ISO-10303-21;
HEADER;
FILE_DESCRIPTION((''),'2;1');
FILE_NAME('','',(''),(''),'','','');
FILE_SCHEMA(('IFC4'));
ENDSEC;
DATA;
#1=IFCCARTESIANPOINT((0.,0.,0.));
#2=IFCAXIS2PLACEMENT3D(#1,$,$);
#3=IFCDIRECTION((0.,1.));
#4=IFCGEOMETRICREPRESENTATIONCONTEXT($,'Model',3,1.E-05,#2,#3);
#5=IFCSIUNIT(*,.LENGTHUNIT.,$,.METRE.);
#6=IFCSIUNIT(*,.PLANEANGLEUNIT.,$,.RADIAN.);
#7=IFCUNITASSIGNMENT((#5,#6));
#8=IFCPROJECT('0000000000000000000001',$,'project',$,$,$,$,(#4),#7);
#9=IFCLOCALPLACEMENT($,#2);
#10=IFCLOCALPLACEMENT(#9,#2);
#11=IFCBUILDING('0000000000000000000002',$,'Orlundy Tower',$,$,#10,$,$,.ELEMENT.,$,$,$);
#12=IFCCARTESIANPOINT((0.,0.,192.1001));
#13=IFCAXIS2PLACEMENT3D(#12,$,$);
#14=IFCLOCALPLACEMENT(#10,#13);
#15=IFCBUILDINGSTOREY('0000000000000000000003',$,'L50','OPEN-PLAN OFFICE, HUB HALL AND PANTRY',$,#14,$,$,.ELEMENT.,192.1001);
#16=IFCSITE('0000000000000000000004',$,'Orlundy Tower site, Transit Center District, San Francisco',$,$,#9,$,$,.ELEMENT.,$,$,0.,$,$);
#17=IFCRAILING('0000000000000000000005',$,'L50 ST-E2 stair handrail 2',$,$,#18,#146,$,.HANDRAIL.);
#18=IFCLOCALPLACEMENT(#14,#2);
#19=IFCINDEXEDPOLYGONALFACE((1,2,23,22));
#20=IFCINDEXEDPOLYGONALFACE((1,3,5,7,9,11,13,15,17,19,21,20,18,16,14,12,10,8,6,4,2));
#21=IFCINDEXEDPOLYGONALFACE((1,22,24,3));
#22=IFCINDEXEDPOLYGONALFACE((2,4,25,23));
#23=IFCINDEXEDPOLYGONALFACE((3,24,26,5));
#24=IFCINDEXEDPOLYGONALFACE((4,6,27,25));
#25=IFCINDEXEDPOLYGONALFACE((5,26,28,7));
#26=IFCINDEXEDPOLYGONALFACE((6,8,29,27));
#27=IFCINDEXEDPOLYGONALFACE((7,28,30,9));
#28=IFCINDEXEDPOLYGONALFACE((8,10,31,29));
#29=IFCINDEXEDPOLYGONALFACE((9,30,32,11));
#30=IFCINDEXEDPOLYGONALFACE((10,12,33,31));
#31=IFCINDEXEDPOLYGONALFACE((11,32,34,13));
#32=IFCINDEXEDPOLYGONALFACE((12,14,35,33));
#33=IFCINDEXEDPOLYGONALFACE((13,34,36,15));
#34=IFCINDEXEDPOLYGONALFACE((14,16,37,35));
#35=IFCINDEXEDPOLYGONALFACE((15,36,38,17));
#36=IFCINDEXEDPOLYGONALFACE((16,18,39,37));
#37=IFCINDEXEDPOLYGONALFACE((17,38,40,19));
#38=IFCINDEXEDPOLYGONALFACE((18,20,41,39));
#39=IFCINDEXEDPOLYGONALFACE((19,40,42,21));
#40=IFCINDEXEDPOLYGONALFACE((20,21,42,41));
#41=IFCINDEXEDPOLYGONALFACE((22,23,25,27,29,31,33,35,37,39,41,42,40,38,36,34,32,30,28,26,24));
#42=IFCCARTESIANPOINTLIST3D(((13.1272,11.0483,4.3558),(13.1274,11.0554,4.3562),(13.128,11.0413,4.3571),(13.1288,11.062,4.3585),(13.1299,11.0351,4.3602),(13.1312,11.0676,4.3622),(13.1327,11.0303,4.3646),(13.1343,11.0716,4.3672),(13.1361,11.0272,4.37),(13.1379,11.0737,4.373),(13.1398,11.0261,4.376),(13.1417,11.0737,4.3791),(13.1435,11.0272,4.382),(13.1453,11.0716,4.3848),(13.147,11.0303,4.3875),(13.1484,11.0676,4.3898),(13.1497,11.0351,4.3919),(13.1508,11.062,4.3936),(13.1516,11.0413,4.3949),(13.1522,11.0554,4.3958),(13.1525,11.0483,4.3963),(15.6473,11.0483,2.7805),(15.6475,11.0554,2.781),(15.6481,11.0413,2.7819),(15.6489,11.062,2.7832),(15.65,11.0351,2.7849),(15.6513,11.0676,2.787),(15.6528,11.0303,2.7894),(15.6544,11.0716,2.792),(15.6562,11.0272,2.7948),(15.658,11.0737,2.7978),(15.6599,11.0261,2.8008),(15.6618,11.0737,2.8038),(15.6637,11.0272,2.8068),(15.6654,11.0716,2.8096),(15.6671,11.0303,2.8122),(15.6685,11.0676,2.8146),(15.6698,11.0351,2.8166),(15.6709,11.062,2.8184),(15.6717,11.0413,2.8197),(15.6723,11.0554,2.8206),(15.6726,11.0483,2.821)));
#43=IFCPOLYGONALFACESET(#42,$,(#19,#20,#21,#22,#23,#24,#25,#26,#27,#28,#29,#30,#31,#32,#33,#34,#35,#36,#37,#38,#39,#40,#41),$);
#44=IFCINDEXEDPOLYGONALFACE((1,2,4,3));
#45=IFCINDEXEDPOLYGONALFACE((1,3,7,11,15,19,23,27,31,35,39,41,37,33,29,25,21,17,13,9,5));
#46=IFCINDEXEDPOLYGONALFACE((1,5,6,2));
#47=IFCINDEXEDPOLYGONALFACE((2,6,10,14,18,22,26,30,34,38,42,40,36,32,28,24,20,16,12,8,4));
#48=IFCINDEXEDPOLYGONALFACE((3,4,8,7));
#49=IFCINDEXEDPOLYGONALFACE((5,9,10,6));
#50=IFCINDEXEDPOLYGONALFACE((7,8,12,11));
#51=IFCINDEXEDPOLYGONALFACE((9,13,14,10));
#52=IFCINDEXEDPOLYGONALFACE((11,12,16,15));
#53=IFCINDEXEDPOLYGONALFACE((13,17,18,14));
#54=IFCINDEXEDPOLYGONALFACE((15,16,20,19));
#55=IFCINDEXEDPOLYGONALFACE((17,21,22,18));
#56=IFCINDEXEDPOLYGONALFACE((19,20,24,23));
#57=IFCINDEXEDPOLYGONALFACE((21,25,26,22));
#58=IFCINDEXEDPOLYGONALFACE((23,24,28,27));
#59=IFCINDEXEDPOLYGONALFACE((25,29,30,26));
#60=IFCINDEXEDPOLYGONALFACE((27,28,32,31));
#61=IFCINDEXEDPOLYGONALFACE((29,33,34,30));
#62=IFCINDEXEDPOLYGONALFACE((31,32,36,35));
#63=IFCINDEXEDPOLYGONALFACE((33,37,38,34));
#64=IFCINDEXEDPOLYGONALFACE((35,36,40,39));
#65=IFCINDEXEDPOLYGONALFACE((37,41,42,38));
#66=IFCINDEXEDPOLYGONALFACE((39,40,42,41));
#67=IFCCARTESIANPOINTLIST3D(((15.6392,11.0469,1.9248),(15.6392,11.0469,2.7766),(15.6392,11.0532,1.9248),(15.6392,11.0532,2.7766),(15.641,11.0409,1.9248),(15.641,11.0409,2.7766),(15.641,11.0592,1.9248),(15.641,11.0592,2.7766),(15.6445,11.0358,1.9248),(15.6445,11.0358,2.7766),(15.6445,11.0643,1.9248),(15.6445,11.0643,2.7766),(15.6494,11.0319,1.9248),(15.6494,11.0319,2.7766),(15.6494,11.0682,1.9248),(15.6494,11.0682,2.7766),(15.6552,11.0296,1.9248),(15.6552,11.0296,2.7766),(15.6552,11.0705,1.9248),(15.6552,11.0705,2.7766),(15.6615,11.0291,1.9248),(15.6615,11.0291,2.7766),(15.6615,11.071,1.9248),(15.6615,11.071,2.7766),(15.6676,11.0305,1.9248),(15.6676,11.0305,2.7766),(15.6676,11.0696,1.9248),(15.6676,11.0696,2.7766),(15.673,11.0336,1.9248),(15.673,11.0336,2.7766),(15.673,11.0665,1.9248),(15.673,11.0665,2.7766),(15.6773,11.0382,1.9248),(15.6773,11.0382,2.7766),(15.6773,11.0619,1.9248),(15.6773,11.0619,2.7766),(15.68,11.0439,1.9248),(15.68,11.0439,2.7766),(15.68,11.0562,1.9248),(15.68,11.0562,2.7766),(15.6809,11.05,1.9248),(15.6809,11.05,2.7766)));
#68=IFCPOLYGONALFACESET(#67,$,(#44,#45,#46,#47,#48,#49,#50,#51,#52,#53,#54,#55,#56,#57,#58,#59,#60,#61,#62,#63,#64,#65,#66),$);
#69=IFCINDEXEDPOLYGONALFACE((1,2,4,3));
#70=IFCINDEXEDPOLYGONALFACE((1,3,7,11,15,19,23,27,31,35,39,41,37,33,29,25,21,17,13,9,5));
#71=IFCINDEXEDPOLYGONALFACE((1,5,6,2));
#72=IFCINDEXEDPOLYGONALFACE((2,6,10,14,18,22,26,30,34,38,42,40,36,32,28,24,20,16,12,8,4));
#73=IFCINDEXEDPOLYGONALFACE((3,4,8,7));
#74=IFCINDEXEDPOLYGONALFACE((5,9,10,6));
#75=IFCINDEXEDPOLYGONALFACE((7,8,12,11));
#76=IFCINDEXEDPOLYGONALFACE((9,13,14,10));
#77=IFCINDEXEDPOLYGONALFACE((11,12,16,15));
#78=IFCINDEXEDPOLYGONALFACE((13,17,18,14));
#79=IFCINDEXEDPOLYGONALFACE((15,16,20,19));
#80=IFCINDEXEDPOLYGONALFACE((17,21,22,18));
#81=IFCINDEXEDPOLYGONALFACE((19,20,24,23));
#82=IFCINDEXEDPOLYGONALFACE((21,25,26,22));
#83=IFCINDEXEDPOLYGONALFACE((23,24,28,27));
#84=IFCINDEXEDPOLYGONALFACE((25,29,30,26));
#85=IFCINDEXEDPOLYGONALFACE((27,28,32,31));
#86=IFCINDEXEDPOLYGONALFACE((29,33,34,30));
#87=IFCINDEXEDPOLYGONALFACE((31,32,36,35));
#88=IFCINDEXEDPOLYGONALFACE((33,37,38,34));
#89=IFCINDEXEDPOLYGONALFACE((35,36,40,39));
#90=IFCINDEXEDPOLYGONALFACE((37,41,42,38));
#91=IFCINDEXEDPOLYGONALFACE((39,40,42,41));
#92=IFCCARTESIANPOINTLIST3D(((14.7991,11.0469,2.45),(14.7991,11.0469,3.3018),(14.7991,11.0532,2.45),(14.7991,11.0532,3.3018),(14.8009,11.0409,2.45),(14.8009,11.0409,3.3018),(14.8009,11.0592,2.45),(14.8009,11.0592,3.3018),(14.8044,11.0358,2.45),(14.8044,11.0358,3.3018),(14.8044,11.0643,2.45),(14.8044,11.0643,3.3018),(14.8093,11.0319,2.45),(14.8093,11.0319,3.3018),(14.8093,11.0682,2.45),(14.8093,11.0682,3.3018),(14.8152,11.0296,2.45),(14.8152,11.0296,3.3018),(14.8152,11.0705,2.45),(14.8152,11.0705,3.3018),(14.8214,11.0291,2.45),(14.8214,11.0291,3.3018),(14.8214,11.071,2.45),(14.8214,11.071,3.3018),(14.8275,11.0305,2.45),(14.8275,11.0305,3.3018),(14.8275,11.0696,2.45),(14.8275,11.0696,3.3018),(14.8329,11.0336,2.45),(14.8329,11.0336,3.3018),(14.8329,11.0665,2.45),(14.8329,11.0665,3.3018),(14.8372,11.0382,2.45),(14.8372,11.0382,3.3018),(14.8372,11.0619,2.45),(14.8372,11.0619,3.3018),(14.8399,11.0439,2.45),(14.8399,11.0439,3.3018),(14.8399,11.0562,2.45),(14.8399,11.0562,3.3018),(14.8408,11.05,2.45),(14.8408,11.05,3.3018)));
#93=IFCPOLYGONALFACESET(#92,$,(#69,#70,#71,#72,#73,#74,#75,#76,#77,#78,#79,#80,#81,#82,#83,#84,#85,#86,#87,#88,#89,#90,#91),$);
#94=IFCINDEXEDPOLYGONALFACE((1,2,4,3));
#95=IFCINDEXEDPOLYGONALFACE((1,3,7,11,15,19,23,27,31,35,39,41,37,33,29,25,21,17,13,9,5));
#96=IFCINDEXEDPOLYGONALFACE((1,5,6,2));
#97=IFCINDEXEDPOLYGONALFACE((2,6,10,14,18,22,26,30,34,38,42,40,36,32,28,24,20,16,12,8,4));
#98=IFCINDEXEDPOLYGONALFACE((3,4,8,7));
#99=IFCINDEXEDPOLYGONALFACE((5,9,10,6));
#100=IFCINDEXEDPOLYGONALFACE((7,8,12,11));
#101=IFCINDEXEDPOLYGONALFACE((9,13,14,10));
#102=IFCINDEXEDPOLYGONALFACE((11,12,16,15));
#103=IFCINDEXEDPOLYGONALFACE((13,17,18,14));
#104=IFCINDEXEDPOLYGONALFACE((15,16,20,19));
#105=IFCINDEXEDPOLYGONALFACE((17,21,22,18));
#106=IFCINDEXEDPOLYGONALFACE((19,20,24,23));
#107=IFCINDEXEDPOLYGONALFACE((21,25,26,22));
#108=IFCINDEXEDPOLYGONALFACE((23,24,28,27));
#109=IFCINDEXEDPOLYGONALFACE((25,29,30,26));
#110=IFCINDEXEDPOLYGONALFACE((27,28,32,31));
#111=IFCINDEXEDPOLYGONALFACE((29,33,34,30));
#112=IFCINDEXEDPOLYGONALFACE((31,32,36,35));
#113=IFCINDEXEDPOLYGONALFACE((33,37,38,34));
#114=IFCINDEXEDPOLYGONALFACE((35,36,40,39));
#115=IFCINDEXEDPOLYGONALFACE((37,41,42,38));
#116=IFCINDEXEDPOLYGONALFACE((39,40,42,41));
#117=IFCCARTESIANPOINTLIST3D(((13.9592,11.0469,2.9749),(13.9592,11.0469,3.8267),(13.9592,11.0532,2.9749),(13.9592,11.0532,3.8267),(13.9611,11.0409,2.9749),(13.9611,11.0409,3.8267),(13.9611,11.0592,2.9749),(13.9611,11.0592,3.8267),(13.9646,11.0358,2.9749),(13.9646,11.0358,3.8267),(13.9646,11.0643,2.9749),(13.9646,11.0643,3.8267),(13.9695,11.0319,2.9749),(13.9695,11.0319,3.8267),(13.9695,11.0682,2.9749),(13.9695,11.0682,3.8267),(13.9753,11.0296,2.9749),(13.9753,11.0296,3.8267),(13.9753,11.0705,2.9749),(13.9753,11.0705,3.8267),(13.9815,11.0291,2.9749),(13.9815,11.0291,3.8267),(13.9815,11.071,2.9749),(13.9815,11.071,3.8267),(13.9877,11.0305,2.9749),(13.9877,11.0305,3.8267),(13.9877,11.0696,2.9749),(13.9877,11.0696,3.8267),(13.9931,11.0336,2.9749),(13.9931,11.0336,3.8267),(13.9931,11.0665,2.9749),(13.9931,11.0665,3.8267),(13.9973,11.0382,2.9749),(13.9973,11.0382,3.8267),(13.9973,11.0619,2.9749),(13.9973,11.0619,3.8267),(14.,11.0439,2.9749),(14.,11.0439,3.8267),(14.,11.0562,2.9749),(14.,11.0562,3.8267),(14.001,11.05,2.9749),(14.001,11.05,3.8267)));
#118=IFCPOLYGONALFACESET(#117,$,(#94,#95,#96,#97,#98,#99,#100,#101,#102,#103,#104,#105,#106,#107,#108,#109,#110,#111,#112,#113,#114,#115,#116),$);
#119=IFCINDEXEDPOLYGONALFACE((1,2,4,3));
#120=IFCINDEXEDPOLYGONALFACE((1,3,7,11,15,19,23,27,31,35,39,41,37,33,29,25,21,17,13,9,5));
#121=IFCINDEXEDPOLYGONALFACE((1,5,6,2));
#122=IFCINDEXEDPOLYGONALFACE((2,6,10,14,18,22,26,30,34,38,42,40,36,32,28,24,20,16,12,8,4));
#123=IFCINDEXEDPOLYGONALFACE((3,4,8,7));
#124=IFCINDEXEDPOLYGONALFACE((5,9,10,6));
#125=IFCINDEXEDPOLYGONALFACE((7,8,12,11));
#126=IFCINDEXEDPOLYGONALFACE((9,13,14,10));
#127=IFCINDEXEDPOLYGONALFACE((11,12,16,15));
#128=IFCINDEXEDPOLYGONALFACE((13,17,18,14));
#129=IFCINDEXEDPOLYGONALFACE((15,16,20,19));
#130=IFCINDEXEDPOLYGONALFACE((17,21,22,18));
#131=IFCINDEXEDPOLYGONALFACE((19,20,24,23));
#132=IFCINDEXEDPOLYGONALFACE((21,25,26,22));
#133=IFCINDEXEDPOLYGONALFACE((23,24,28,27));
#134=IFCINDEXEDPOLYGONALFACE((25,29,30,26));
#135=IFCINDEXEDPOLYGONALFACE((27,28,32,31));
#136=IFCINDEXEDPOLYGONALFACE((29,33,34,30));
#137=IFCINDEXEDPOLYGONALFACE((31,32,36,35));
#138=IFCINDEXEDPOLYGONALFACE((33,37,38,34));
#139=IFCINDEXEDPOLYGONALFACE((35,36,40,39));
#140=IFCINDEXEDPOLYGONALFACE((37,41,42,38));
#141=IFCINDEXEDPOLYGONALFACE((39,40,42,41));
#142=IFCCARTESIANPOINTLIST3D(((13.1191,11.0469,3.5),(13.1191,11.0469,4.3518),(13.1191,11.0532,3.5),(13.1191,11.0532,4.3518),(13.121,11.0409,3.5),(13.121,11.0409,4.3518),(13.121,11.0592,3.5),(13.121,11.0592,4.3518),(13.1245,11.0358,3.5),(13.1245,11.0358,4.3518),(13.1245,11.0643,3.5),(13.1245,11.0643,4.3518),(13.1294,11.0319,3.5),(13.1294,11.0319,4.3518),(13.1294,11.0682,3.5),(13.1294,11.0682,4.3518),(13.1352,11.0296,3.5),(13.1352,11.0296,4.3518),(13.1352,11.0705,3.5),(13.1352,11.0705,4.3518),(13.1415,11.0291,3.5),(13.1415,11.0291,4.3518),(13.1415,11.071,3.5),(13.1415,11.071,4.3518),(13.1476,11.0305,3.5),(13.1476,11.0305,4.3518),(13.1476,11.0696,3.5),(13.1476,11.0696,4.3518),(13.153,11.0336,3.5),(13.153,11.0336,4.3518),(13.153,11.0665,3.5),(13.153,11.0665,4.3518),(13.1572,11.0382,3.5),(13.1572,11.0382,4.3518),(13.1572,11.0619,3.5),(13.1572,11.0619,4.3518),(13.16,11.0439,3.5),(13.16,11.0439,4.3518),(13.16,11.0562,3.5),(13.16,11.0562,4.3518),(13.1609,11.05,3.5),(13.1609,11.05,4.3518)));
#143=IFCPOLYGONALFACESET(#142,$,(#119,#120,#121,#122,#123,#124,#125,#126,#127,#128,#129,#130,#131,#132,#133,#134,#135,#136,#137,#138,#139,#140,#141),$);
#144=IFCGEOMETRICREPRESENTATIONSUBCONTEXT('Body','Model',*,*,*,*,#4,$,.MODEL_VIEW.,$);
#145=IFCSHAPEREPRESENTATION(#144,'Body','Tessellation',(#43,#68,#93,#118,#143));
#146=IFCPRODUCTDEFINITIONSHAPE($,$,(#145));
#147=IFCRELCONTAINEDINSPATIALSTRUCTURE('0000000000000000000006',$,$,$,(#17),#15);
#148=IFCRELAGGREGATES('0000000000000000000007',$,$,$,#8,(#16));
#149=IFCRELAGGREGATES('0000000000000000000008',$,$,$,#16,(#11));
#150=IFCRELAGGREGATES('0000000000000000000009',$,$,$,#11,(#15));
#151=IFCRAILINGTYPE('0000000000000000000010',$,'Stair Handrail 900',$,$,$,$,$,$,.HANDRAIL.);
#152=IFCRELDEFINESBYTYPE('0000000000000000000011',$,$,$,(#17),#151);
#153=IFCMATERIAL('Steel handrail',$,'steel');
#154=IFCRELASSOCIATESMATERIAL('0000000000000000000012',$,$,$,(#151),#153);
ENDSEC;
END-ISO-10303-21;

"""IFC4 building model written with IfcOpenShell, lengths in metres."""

from ifc_helpers import new_model, si_unit, direction, frame, origin, origin_2d, place, context, subcontext, project, spatial, circle, extrude, material, type_object, element, save


model = new_model("IFC4")

# Units and contexts
model_context = context("Model", 3, precision=1e-05, world=origin(), true_north=direction((0.0, 1.0)))
body_context = subcontext(model_context, "Body", "Model", "MODEL_VIEW")
ifc_project = project(units=[si_unit("LENGTHUNIT", "METRE"), si_unit("PLANEANGLEUNIT", "RADIAN")], contexts=[model_context])

# Site, building, storey
site_placement = place(None, origin())
site = spatial("IfcSite", under=ifc_project, at=site_placement, Name="Orlundy Tower site, Transit Center District, San Francisco", CompositionType="ELEMENT", RefElevation=0.0)
building_placement = place(site_placement, origin())
building = spatial("IfcBuilding", under=site, at=building_placement, Name="Orlundy Tower", CompositionType="ELEMENT")
storey_placement = place(building_placement, frame((0.0, 0.0, 192.1001)))
storey = spatial("IfcBuildingStorey", under=building, at=storey_placement, Name="L50", Description="OPEN-PLAN OFFICE, HUB HALL AND PANTRY", CompositionType="ELEMENT", Elevation=192.1001)

# Railing
ifc_material_1 = material(Name="Steel handrail", Category="steel")
railing_type_1 = type_object("IfcRailingType", Name="Stair Handrail 900", PredefinedType="HANDRAIL", material=ifc_material_1)
railing_1_placement = place(storey_placement, frame((15.6599, 11.05, 1.9248)))
element("IfcRailing", 1, at=railing_1_placement, inside=storey, type_object=railing_type_1, Name="L50 ST-E2 stair handrail 2", PredefinedType="HANDRAIL", context=body_context, shape_type="SweptSolid", body=[
    extrude(circle(Radius=0.0239, at=origin_2d()), frame((0.0, 0.0, 0.876), z_axis=(-0.847971, 0.0, 0.530043), x_axis=(0.0, -1.0, 0.0)), (0.0, 0.0, 1.0), 2.9719),
    extrude(circle(Radius=0.021, at=origin_2d()), origin(), (0.0, 0.0, 1.0), 0.8518),
    extrude(circle(Radius=0.021, at=origin_2d()), frame((-0.8401, 0.0, 0.5251)), (0.0, 0.0, 1.0), 0.8518),
    extrude(circle(Radius=0.021, at=origin_2d()), frame((-1.6799, 0.0, 1.05)), (0.0, 0.0, 1.0), 0.8518),
    extrude(circle(Radius=0.021, at=origin_2d()), frame((-2.52, 0.0, 1.5752)), (0.0, 0.0, 1.0), 0.8518),
])

save(model, "model.ifc")
